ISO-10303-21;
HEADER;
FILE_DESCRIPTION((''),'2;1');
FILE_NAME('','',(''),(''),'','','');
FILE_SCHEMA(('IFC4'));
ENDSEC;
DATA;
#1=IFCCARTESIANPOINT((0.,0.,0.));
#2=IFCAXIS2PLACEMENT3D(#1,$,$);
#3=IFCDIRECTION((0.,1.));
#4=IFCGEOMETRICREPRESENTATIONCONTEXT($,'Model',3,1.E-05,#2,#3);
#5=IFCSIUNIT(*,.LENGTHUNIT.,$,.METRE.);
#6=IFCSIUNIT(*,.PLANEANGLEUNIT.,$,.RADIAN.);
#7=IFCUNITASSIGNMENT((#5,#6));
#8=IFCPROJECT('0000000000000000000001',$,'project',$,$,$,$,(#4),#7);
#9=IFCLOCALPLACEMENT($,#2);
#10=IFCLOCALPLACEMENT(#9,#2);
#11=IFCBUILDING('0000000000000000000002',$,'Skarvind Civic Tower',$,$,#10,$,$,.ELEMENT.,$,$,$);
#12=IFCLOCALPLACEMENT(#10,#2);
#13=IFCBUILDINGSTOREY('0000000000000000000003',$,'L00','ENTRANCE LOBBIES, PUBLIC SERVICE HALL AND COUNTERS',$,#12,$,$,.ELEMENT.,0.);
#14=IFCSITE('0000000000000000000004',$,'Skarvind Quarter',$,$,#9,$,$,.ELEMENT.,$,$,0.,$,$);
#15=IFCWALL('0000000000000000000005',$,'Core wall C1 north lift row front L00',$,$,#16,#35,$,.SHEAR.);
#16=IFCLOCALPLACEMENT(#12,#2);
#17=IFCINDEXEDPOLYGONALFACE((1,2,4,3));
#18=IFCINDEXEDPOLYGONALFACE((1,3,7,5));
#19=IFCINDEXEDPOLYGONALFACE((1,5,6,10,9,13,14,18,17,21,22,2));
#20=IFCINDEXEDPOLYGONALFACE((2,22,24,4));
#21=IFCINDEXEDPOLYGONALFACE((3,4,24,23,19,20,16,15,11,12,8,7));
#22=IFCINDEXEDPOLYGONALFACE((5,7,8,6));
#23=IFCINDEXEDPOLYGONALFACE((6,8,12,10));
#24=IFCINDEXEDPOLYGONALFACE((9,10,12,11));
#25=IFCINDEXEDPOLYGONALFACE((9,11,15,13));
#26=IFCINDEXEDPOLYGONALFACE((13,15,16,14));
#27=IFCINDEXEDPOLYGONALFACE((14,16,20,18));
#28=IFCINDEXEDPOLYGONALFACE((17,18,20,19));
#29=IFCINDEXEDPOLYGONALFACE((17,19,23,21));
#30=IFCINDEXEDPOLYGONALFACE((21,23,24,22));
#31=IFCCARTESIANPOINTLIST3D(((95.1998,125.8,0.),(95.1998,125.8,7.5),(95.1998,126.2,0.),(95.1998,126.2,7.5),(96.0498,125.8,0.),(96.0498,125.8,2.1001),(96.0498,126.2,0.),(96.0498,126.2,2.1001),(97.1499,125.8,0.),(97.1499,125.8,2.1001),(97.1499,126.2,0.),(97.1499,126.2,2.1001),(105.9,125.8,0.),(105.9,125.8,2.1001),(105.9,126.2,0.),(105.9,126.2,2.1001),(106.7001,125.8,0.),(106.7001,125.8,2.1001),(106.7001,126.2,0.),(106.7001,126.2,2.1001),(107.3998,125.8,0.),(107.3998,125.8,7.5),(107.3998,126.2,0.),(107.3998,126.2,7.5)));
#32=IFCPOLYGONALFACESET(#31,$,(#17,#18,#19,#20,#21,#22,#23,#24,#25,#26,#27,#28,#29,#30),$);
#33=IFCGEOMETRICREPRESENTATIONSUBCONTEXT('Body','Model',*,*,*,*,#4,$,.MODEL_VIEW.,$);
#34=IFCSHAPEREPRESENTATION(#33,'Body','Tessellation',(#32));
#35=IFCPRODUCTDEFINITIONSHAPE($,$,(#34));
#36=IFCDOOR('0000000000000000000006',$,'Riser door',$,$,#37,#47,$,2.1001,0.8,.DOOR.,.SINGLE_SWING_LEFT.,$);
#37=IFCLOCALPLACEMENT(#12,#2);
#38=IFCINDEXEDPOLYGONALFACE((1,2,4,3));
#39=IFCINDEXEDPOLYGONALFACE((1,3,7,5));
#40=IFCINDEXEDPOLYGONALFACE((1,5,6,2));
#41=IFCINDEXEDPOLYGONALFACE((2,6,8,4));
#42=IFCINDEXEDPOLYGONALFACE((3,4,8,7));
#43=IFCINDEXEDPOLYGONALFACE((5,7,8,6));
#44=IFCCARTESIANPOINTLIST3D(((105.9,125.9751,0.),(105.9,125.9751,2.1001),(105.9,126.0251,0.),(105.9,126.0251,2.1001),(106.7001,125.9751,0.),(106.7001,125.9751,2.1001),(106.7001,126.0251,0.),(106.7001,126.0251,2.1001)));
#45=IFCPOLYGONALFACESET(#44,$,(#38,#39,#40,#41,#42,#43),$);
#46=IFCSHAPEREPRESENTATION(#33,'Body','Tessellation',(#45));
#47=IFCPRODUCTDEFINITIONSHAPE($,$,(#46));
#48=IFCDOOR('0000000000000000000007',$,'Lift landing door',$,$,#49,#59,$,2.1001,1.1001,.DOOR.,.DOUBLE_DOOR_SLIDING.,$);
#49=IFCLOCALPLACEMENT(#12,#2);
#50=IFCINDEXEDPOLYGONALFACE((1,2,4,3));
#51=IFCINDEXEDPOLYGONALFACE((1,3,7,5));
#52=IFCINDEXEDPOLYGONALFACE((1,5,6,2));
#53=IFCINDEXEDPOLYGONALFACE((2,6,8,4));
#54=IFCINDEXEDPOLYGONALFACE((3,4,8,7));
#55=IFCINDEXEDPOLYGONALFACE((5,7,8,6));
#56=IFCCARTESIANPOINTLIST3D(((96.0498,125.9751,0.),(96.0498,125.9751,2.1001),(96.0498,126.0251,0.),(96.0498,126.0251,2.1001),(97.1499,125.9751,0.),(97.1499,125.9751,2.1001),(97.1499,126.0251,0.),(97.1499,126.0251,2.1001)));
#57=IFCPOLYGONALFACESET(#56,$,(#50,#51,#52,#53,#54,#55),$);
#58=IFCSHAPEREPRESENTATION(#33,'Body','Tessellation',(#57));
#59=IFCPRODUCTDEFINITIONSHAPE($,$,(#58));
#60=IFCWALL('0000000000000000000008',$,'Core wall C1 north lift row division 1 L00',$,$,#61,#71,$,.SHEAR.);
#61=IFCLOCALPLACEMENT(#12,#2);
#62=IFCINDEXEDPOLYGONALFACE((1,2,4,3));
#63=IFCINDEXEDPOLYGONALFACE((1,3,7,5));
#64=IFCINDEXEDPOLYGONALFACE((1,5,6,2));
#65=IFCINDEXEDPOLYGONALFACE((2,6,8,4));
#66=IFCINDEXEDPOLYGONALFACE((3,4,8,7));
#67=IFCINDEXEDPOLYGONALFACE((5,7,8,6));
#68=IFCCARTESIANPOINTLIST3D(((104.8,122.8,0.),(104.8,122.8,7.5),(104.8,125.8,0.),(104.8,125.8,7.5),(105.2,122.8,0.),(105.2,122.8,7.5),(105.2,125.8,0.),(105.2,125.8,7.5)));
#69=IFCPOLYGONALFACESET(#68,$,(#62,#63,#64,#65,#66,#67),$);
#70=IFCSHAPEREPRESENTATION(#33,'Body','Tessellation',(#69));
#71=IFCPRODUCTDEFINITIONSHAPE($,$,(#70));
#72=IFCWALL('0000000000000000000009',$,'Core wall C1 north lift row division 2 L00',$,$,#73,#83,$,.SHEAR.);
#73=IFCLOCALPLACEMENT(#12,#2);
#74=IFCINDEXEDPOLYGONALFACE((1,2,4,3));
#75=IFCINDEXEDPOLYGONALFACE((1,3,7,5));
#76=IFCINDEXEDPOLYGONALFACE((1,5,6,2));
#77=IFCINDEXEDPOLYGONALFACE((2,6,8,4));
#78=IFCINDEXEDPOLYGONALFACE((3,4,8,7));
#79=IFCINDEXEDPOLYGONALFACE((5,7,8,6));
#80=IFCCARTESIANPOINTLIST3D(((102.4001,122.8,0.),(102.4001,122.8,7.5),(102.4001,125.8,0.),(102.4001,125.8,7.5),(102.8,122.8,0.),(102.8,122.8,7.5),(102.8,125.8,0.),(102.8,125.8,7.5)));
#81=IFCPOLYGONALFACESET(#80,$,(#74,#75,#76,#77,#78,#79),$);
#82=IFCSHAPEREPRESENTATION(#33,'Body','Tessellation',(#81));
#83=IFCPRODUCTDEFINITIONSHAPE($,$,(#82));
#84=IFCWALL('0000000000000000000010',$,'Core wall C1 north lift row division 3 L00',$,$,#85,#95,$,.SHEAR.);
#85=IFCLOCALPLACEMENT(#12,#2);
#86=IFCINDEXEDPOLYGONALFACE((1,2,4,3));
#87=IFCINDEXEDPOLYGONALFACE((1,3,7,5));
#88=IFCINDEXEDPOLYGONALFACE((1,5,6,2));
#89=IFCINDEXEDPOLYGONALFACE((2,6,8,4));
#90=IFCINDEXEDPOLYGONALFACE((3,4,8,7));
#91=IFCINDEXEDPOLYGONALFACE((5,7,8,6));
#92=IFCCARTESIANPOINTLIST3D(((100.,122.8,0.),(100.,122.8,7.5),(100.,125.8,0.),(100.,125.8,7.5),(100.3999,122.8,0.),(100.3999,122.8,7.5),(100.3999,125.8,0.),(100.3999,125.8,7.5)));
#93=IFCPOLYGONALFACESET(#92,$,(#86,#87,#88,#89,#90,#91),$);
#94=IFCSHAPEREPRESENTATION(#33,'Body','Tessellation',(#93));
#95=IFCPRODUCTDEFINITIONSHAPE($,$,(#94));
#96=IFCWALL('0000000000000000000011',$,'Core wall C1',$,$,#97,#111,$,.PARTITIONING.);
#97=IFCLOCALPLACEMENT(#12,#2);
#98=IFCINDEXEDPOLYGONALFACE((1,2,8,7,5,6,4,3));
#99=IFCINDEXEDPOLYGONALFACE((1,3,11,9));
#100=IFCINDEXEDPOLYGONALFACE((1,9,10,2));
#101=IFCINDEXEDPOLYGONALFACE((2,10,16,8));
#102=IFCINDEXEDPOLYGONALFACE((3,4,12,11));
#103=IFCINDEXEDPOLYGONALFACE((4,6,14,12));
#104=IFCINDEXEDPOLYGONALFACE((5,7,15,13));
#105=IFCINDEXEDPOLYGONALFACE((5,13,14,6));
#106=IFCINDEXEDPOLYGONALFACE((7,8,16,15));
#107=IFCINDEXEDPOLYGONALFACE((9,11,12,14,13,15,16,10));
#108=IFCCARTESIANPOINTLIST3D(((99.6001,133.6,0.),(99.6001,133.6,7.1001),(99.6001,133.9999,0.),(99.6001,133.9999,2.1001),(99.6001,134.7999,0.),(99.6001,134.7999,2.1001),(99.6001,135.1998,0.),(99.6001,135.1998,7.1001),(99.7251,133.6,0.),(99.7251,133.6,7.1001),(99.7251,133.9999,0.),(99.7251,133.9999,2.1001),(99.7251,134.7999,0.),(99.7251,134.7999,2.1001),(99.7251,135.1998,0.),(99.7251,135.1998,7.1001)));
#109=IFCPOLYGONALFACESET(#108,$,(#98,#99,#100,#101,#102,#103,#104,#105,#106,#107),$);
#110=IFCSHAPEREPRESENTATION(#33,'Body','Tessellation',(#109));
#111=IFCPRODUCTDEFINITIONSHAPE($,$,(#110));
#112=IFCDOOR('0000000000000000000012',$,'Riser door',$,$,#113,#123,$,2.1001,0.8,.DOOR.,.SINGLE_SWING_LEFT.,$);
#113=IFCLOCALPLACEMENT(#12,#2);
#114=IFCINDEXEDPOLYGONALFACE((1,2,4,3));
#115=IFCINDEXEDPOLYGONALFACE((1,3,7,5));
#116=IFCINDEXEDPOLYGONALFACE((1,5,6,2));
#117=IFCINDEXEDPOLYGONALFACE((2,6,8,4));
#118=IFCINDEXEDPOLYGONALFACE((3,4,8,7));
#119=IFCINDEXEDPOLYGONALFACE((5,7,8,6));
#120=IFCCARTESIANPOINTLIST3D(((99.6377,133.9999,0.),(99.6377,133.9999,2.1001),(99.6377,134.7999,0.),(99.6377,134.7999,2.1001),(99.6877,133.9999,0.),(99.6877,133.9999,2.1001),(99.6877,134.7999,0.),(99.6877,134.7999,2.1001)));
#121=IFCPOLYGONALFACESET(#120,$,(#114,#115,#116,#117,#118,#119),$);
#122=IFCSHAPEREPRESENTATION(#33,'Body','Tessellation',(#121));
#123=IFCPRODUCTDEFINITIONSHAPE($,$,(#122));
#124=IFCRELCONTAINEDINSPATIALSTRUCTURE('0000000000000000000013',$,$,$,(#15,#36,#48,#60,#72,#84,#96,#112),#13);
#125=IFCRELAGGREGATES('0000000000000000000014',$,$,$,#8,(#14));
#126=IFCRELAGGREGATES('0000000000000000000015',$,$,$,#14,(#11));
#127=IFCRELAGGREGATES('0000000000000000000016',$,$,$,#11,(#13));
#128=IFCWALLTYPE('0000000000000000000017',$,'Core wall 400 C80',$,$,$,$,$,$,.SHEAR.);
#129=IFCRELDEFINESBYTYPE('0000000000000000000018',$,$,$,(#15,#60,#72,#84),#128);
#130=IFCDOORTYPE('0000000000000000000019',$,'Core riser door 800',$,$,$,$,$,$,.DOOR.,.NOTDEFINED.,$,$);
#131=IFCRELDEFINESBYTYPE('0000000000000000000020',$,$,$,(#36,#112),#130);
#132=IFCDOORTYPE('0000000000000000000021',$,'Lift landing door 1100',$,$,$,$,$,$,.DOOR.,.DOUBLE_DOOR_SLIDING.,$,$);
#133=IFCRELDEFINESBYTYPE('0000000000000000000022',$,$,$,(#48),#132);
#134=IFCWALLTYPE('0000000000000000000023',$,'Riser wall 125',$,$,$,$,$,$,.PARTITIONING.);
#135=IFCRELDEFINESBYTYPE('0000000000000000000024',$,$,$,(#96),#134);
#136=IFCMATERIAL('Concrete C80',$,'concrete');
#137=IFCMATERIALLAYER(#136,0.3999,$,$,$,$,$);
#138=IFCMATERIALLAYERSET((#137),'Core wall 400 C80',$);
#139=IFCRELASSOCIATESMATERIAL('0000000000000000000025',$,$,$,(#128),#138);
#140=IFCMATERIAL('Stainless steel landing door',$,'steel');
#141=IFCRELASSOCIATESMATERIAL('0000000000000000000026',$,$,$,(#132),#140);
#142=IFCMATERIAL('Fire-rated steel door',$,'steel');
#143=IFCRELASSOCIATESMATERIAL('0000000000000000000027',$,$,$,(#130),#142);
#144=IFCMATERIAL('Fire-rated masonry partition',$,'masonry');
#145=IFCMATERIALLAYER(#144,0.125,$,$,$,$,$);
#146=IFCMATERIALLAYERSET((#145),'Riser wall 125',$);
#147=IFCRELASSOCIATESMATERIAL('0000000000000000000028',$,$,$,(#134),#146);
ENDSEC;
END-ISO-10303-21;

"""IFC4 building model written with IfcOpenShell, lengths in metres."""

from ifc_helpers import new_model, si_unit, direction, frame, frame_2d, origin, place, context, subcontext, project, spatial, rectangle, extrude, material, layer, layer_set, type_object, element, fill, save


model = new_model("IFC4")

# Units and contexts
model_context = context("Model", 3, precision=1e-05, world=origin(), true_north=direction((0.0, 1.0)))
body_context = subcontext(model_context, "Body", "Model", "MODEL_VIEW")
ifc_project = project(units=[si_unit("LENGTHUNIT", "METRE"), si_unit("PLANEANGLEUNIT", "RADIAN")], contexts=[model_context])

# Site, building, storey
site_placement = place(None, origin())
site = spatial("IfcSite", under=ifc_project, at=site_placement, Name="Skarvind Quarter", CompositionType="ELEMENT", RefElevation=0.0)
building_placement = place(site_placement, origin())
building = spatial("IfcBuilding", under=site, at=building_placement, Name="Skarvind Civic Tower", CompositionType="ELEMENT")
storey_placement = place(building_placement, origin())
storey = spatial("IfcBuildingStorey", under=building, at=storey_placement, Name="L00", Description="ENTRANCE LOBBIES, PUBLIC SERVICE HALL AND COUNTERS", CompositionType="ELEMENT", Elevation=0.0)

# Shared definitions
ifc_material_1 = material(Name="Concrete C80", Category="concrete")
ifc_layer_1 = layer(ifc_material_1, 0.3999)
ifc_layer_set_1 = layer_set([ifc_layer_1], Name="Core wall 400 C80")
wall_type_1 = type_object("IfcWallType", Name="Core wall 400 C80", PredefinedType="SHEAR", material=ifc_layer_set_1)

# Shared definitions
ifc_material_2 = material(Name="Stainless steel landing door", Category="steel")
door_type_1 = type_object("IfcDoorType", Name="Lift landing door 1100", OperationType="DOUBLE_DOOR_SLIDING", PredefinedType="DOOR", material=ifc_material_2)

# Wall, openings, doors
wall_1_placement = place(storey_placement, frame((107.3999, 126.0, 0.0), z_axis=(0.0, 0.0, 1.0), x_axis=(-1.0, 0.0, 0.0)))
wall_1 = element("IfcWall", 1, at=wall_1_placement, inside=storey, type_object=wall_type_1, Name="Core wall C1 north lift row front L00", PredefinedType="SHEAR", context=body_context, shape_type="SweptSolid", body=[
    extrude(rectangle(XDim=12.2, YDim=0.3999, at=frame_2d((6.1001, 0.0))), origin(), (0.0, 0.0, 1.0), 7.5),
])
opening_1_placement = place(wall_1_placement, frame((10.25, 0.0, 0.0)))
opening_1 = element("IfcOpeningElement", 2, at=opening_1_placement, cuts=wall_1, PredefinedType="OPENING", context=body_context, shape_type="SweptSolid", body=[
    extrude(rectangle(XDim=1.1001, YDim=2.1001, at=frame_2d((0.55, 1.05))), frame((0.0, 0.21, 0.0), z_axis=(0.0, -1.0, 0.0), x_axis=(1.0, 0.0, 0.0)), (0.0, 0.0, 1.0), 0.4199),
])
opening_2_placement = place(wall_1_placement, frame((0.7, 0.0, 0.0)))
opening_2 = element("IfcOpeningElement", 3, at=opening_2_placement, cuts=wall_1, PredefinedType="OPENING", context=body_context, shape_type="SweptSolid", body=[
    extrude(rectangle(XDim=0.8, YDim=2.1001, at=frame_2d((0.3999, 1.05))), frame((0.0, 0.21, 0.0), z_axis=(0.0, -1.0, 0.0), x_axis=(1.0, 0.0, 0.0)), (0.0, 0.0, 1.0), 0.4199),
])
ifc_material_3 = material(Name="Fire-rated steel door", Category="steel")
door_type_2 = type_object("IfcDoorType", Name="Core riser door 800", OperationType="NOTDEFINED", PredefinedType="DOOR", material=ifc_material_3)
door_1_placement = place(opening_2_placement, origin())
door_1 = element("IfcDoor", 4, at=door_1_placement, inside=storey, type_object=door_type_2, Name="Riser door", OperationType="SINGLE_SWING_LEFT", OverallHeight=2.1001, OverallWidth=0.8, PredefinedType="DOOR", context=body_context, shape_type="SweptSolid", body=[
    extrude(rectangle(XDim=0.8, YDim=2.1001, at=frame_2d((0.3999, 1.05))), frame((0.0, 0.0249, 0.0), z_axis=(0.0, -1.0, 0.0), x_axis=(1.0, 0.0, 0.0)), (0.0, 0.0, 1.0), 0.05),
])
fill(opening_2, door_1)
door_2_placement = place(opening_1_placement, origin())
door_2 = element("IfcDoor", 5, at=door_2_placement, inside=storey, type_object=door_type_1, Name="Lift landing door", OperationType="DOUBLE_DOOR_SLIDING", OverallHeight=2.1001, OverallWidth=1.1001, PredefinedType="DOOR", context=body_context, shape_type="SweptSolid", body=[
    extrude(rectangle(XDim=1.1001, YDim=2.1001, at=frame_2d((0.55, 1.05))), frame((0.0, 0.0249, 0.0), z_axis=(0.0, -1.0, 0.0), x_axis=(1.0, 0.0, 0.0)), (0.0, 0.0, 1.0), 0.05),
])
fill(opening_1, door_2)

# Walls
for number, where, z_axis, x_axis, name in (
    (6, (105.0, 125.8, 0.0), (0.0, 0.0, 1.0), (0.0, -1.0, 0.0), "Core wall C1 north lift row division 1 L00"),
    (7, (102.6001, 125.8, 0.0), (0.0, 0.0, 1.0), (0.0, -1.0, 0.0), "Core wall C1 north lift row division 2 L00"),
    (8, (100.2, 125.8, 0.0), (0.0, 0.0, 1.0), (0.0, -1.0, 0.0), "Core wall C1 north lift row division 3 L00"),
):
    element("IfcWall", number, at=place(storey_placement, frame(where, z_axis=z_axis, x_axis=x_axis)), inside=storey, type_object=wall_type_1, Name=name, PredefinedType="SHEAR", context=body_context, shape_type="SweptSolid", body=[
        extrude(rectangle(XDim=3.0, YDim=0.3999, at=frame_2d((1.5, 0.0))), origin(), (0.0, 0.0, 1.0), 7.5),
    ])

# Wall, opening, door
ifc_material_4 = material(Name="Fire-rated masonry partition", Category="masonry")
ifc_layer_2 = layer(ifc_material_4, 0.125)
ifc_layer_set_2 = layer_set([ifc_layer_2], Name="Riser wall 125")
wall_type_2 = type_object("IfcWallType", Name="Riser wall 125", PredefinedType="PARTITIONING", material=ifc_layer_set_2)
wall_2_placement = place(storey_placement, frame((99.6626, 133.6001, 0.0), z_axis=(0.0, 0.0, 1.0), x_axis=(0.0, 1.0, 0.0)))
wall_2 = element("IfcWall", 9, at=wall_2_placement, inside=storey, type_object=wall_type_2, Name="Core wall C1", PredefinedType="PARTITIONING", context=body_context, shape_type="SweptSolid", body=[
    extrude(rectangle(XDim=1.5999, YDim=0.125, at=frame_2d((0.7998, 0.0))), origin(), (0.0, 0.0, 1.0), 7.1001),
])
opening_3_placement = place(wall_2_placement, frame((0.3999, 0.0, 0.0)))
opening_3 = element("IfcOpeningElement", 10, at=opening_3_placement, cuts=wall_2, PredefinedType="OPENING", context=body_context, shape_type="SweptSolid", body=[
    extrude(rectangle(XDim=0.8, YDim=2.1001, at=frame_2d((0.3999, 1.05))), frame((0.0, 0.0725, 0.0), z_axis=(0.0, -1.0, 0.0), x_axis=(1.0, 0.0, 0.0)), (0.0, 0.0, 1.0), 0.145),
])
door_3_placement = place(opening_3_placement, origin())
door_3 = element("IfcDoor", 11, at=door_3_placement, inside=storey, type_object=door_type_2, Name="Riser door", OperationType="SINGLE_SWING_LEFT", OverallHeight=2.1001, OverallWidth=0.8, PredefinedType="DOOR", context=body_context, shape_type="SweptSolid", body=[
    extrude(rectangle(XDim=0.8, YDim=2.1001, at=frame_2d((0.3999, 1.05))), frame((0.0, 0.0249, 0.0), z_axis=(0.0, -1.0, 0.0), x_axis=(1.0, 0.0, 0.0)), (0.0, 0.0, 1.0), 0.05),
])
fill(opening_3, door_3)

save(model, "model.ifc")
